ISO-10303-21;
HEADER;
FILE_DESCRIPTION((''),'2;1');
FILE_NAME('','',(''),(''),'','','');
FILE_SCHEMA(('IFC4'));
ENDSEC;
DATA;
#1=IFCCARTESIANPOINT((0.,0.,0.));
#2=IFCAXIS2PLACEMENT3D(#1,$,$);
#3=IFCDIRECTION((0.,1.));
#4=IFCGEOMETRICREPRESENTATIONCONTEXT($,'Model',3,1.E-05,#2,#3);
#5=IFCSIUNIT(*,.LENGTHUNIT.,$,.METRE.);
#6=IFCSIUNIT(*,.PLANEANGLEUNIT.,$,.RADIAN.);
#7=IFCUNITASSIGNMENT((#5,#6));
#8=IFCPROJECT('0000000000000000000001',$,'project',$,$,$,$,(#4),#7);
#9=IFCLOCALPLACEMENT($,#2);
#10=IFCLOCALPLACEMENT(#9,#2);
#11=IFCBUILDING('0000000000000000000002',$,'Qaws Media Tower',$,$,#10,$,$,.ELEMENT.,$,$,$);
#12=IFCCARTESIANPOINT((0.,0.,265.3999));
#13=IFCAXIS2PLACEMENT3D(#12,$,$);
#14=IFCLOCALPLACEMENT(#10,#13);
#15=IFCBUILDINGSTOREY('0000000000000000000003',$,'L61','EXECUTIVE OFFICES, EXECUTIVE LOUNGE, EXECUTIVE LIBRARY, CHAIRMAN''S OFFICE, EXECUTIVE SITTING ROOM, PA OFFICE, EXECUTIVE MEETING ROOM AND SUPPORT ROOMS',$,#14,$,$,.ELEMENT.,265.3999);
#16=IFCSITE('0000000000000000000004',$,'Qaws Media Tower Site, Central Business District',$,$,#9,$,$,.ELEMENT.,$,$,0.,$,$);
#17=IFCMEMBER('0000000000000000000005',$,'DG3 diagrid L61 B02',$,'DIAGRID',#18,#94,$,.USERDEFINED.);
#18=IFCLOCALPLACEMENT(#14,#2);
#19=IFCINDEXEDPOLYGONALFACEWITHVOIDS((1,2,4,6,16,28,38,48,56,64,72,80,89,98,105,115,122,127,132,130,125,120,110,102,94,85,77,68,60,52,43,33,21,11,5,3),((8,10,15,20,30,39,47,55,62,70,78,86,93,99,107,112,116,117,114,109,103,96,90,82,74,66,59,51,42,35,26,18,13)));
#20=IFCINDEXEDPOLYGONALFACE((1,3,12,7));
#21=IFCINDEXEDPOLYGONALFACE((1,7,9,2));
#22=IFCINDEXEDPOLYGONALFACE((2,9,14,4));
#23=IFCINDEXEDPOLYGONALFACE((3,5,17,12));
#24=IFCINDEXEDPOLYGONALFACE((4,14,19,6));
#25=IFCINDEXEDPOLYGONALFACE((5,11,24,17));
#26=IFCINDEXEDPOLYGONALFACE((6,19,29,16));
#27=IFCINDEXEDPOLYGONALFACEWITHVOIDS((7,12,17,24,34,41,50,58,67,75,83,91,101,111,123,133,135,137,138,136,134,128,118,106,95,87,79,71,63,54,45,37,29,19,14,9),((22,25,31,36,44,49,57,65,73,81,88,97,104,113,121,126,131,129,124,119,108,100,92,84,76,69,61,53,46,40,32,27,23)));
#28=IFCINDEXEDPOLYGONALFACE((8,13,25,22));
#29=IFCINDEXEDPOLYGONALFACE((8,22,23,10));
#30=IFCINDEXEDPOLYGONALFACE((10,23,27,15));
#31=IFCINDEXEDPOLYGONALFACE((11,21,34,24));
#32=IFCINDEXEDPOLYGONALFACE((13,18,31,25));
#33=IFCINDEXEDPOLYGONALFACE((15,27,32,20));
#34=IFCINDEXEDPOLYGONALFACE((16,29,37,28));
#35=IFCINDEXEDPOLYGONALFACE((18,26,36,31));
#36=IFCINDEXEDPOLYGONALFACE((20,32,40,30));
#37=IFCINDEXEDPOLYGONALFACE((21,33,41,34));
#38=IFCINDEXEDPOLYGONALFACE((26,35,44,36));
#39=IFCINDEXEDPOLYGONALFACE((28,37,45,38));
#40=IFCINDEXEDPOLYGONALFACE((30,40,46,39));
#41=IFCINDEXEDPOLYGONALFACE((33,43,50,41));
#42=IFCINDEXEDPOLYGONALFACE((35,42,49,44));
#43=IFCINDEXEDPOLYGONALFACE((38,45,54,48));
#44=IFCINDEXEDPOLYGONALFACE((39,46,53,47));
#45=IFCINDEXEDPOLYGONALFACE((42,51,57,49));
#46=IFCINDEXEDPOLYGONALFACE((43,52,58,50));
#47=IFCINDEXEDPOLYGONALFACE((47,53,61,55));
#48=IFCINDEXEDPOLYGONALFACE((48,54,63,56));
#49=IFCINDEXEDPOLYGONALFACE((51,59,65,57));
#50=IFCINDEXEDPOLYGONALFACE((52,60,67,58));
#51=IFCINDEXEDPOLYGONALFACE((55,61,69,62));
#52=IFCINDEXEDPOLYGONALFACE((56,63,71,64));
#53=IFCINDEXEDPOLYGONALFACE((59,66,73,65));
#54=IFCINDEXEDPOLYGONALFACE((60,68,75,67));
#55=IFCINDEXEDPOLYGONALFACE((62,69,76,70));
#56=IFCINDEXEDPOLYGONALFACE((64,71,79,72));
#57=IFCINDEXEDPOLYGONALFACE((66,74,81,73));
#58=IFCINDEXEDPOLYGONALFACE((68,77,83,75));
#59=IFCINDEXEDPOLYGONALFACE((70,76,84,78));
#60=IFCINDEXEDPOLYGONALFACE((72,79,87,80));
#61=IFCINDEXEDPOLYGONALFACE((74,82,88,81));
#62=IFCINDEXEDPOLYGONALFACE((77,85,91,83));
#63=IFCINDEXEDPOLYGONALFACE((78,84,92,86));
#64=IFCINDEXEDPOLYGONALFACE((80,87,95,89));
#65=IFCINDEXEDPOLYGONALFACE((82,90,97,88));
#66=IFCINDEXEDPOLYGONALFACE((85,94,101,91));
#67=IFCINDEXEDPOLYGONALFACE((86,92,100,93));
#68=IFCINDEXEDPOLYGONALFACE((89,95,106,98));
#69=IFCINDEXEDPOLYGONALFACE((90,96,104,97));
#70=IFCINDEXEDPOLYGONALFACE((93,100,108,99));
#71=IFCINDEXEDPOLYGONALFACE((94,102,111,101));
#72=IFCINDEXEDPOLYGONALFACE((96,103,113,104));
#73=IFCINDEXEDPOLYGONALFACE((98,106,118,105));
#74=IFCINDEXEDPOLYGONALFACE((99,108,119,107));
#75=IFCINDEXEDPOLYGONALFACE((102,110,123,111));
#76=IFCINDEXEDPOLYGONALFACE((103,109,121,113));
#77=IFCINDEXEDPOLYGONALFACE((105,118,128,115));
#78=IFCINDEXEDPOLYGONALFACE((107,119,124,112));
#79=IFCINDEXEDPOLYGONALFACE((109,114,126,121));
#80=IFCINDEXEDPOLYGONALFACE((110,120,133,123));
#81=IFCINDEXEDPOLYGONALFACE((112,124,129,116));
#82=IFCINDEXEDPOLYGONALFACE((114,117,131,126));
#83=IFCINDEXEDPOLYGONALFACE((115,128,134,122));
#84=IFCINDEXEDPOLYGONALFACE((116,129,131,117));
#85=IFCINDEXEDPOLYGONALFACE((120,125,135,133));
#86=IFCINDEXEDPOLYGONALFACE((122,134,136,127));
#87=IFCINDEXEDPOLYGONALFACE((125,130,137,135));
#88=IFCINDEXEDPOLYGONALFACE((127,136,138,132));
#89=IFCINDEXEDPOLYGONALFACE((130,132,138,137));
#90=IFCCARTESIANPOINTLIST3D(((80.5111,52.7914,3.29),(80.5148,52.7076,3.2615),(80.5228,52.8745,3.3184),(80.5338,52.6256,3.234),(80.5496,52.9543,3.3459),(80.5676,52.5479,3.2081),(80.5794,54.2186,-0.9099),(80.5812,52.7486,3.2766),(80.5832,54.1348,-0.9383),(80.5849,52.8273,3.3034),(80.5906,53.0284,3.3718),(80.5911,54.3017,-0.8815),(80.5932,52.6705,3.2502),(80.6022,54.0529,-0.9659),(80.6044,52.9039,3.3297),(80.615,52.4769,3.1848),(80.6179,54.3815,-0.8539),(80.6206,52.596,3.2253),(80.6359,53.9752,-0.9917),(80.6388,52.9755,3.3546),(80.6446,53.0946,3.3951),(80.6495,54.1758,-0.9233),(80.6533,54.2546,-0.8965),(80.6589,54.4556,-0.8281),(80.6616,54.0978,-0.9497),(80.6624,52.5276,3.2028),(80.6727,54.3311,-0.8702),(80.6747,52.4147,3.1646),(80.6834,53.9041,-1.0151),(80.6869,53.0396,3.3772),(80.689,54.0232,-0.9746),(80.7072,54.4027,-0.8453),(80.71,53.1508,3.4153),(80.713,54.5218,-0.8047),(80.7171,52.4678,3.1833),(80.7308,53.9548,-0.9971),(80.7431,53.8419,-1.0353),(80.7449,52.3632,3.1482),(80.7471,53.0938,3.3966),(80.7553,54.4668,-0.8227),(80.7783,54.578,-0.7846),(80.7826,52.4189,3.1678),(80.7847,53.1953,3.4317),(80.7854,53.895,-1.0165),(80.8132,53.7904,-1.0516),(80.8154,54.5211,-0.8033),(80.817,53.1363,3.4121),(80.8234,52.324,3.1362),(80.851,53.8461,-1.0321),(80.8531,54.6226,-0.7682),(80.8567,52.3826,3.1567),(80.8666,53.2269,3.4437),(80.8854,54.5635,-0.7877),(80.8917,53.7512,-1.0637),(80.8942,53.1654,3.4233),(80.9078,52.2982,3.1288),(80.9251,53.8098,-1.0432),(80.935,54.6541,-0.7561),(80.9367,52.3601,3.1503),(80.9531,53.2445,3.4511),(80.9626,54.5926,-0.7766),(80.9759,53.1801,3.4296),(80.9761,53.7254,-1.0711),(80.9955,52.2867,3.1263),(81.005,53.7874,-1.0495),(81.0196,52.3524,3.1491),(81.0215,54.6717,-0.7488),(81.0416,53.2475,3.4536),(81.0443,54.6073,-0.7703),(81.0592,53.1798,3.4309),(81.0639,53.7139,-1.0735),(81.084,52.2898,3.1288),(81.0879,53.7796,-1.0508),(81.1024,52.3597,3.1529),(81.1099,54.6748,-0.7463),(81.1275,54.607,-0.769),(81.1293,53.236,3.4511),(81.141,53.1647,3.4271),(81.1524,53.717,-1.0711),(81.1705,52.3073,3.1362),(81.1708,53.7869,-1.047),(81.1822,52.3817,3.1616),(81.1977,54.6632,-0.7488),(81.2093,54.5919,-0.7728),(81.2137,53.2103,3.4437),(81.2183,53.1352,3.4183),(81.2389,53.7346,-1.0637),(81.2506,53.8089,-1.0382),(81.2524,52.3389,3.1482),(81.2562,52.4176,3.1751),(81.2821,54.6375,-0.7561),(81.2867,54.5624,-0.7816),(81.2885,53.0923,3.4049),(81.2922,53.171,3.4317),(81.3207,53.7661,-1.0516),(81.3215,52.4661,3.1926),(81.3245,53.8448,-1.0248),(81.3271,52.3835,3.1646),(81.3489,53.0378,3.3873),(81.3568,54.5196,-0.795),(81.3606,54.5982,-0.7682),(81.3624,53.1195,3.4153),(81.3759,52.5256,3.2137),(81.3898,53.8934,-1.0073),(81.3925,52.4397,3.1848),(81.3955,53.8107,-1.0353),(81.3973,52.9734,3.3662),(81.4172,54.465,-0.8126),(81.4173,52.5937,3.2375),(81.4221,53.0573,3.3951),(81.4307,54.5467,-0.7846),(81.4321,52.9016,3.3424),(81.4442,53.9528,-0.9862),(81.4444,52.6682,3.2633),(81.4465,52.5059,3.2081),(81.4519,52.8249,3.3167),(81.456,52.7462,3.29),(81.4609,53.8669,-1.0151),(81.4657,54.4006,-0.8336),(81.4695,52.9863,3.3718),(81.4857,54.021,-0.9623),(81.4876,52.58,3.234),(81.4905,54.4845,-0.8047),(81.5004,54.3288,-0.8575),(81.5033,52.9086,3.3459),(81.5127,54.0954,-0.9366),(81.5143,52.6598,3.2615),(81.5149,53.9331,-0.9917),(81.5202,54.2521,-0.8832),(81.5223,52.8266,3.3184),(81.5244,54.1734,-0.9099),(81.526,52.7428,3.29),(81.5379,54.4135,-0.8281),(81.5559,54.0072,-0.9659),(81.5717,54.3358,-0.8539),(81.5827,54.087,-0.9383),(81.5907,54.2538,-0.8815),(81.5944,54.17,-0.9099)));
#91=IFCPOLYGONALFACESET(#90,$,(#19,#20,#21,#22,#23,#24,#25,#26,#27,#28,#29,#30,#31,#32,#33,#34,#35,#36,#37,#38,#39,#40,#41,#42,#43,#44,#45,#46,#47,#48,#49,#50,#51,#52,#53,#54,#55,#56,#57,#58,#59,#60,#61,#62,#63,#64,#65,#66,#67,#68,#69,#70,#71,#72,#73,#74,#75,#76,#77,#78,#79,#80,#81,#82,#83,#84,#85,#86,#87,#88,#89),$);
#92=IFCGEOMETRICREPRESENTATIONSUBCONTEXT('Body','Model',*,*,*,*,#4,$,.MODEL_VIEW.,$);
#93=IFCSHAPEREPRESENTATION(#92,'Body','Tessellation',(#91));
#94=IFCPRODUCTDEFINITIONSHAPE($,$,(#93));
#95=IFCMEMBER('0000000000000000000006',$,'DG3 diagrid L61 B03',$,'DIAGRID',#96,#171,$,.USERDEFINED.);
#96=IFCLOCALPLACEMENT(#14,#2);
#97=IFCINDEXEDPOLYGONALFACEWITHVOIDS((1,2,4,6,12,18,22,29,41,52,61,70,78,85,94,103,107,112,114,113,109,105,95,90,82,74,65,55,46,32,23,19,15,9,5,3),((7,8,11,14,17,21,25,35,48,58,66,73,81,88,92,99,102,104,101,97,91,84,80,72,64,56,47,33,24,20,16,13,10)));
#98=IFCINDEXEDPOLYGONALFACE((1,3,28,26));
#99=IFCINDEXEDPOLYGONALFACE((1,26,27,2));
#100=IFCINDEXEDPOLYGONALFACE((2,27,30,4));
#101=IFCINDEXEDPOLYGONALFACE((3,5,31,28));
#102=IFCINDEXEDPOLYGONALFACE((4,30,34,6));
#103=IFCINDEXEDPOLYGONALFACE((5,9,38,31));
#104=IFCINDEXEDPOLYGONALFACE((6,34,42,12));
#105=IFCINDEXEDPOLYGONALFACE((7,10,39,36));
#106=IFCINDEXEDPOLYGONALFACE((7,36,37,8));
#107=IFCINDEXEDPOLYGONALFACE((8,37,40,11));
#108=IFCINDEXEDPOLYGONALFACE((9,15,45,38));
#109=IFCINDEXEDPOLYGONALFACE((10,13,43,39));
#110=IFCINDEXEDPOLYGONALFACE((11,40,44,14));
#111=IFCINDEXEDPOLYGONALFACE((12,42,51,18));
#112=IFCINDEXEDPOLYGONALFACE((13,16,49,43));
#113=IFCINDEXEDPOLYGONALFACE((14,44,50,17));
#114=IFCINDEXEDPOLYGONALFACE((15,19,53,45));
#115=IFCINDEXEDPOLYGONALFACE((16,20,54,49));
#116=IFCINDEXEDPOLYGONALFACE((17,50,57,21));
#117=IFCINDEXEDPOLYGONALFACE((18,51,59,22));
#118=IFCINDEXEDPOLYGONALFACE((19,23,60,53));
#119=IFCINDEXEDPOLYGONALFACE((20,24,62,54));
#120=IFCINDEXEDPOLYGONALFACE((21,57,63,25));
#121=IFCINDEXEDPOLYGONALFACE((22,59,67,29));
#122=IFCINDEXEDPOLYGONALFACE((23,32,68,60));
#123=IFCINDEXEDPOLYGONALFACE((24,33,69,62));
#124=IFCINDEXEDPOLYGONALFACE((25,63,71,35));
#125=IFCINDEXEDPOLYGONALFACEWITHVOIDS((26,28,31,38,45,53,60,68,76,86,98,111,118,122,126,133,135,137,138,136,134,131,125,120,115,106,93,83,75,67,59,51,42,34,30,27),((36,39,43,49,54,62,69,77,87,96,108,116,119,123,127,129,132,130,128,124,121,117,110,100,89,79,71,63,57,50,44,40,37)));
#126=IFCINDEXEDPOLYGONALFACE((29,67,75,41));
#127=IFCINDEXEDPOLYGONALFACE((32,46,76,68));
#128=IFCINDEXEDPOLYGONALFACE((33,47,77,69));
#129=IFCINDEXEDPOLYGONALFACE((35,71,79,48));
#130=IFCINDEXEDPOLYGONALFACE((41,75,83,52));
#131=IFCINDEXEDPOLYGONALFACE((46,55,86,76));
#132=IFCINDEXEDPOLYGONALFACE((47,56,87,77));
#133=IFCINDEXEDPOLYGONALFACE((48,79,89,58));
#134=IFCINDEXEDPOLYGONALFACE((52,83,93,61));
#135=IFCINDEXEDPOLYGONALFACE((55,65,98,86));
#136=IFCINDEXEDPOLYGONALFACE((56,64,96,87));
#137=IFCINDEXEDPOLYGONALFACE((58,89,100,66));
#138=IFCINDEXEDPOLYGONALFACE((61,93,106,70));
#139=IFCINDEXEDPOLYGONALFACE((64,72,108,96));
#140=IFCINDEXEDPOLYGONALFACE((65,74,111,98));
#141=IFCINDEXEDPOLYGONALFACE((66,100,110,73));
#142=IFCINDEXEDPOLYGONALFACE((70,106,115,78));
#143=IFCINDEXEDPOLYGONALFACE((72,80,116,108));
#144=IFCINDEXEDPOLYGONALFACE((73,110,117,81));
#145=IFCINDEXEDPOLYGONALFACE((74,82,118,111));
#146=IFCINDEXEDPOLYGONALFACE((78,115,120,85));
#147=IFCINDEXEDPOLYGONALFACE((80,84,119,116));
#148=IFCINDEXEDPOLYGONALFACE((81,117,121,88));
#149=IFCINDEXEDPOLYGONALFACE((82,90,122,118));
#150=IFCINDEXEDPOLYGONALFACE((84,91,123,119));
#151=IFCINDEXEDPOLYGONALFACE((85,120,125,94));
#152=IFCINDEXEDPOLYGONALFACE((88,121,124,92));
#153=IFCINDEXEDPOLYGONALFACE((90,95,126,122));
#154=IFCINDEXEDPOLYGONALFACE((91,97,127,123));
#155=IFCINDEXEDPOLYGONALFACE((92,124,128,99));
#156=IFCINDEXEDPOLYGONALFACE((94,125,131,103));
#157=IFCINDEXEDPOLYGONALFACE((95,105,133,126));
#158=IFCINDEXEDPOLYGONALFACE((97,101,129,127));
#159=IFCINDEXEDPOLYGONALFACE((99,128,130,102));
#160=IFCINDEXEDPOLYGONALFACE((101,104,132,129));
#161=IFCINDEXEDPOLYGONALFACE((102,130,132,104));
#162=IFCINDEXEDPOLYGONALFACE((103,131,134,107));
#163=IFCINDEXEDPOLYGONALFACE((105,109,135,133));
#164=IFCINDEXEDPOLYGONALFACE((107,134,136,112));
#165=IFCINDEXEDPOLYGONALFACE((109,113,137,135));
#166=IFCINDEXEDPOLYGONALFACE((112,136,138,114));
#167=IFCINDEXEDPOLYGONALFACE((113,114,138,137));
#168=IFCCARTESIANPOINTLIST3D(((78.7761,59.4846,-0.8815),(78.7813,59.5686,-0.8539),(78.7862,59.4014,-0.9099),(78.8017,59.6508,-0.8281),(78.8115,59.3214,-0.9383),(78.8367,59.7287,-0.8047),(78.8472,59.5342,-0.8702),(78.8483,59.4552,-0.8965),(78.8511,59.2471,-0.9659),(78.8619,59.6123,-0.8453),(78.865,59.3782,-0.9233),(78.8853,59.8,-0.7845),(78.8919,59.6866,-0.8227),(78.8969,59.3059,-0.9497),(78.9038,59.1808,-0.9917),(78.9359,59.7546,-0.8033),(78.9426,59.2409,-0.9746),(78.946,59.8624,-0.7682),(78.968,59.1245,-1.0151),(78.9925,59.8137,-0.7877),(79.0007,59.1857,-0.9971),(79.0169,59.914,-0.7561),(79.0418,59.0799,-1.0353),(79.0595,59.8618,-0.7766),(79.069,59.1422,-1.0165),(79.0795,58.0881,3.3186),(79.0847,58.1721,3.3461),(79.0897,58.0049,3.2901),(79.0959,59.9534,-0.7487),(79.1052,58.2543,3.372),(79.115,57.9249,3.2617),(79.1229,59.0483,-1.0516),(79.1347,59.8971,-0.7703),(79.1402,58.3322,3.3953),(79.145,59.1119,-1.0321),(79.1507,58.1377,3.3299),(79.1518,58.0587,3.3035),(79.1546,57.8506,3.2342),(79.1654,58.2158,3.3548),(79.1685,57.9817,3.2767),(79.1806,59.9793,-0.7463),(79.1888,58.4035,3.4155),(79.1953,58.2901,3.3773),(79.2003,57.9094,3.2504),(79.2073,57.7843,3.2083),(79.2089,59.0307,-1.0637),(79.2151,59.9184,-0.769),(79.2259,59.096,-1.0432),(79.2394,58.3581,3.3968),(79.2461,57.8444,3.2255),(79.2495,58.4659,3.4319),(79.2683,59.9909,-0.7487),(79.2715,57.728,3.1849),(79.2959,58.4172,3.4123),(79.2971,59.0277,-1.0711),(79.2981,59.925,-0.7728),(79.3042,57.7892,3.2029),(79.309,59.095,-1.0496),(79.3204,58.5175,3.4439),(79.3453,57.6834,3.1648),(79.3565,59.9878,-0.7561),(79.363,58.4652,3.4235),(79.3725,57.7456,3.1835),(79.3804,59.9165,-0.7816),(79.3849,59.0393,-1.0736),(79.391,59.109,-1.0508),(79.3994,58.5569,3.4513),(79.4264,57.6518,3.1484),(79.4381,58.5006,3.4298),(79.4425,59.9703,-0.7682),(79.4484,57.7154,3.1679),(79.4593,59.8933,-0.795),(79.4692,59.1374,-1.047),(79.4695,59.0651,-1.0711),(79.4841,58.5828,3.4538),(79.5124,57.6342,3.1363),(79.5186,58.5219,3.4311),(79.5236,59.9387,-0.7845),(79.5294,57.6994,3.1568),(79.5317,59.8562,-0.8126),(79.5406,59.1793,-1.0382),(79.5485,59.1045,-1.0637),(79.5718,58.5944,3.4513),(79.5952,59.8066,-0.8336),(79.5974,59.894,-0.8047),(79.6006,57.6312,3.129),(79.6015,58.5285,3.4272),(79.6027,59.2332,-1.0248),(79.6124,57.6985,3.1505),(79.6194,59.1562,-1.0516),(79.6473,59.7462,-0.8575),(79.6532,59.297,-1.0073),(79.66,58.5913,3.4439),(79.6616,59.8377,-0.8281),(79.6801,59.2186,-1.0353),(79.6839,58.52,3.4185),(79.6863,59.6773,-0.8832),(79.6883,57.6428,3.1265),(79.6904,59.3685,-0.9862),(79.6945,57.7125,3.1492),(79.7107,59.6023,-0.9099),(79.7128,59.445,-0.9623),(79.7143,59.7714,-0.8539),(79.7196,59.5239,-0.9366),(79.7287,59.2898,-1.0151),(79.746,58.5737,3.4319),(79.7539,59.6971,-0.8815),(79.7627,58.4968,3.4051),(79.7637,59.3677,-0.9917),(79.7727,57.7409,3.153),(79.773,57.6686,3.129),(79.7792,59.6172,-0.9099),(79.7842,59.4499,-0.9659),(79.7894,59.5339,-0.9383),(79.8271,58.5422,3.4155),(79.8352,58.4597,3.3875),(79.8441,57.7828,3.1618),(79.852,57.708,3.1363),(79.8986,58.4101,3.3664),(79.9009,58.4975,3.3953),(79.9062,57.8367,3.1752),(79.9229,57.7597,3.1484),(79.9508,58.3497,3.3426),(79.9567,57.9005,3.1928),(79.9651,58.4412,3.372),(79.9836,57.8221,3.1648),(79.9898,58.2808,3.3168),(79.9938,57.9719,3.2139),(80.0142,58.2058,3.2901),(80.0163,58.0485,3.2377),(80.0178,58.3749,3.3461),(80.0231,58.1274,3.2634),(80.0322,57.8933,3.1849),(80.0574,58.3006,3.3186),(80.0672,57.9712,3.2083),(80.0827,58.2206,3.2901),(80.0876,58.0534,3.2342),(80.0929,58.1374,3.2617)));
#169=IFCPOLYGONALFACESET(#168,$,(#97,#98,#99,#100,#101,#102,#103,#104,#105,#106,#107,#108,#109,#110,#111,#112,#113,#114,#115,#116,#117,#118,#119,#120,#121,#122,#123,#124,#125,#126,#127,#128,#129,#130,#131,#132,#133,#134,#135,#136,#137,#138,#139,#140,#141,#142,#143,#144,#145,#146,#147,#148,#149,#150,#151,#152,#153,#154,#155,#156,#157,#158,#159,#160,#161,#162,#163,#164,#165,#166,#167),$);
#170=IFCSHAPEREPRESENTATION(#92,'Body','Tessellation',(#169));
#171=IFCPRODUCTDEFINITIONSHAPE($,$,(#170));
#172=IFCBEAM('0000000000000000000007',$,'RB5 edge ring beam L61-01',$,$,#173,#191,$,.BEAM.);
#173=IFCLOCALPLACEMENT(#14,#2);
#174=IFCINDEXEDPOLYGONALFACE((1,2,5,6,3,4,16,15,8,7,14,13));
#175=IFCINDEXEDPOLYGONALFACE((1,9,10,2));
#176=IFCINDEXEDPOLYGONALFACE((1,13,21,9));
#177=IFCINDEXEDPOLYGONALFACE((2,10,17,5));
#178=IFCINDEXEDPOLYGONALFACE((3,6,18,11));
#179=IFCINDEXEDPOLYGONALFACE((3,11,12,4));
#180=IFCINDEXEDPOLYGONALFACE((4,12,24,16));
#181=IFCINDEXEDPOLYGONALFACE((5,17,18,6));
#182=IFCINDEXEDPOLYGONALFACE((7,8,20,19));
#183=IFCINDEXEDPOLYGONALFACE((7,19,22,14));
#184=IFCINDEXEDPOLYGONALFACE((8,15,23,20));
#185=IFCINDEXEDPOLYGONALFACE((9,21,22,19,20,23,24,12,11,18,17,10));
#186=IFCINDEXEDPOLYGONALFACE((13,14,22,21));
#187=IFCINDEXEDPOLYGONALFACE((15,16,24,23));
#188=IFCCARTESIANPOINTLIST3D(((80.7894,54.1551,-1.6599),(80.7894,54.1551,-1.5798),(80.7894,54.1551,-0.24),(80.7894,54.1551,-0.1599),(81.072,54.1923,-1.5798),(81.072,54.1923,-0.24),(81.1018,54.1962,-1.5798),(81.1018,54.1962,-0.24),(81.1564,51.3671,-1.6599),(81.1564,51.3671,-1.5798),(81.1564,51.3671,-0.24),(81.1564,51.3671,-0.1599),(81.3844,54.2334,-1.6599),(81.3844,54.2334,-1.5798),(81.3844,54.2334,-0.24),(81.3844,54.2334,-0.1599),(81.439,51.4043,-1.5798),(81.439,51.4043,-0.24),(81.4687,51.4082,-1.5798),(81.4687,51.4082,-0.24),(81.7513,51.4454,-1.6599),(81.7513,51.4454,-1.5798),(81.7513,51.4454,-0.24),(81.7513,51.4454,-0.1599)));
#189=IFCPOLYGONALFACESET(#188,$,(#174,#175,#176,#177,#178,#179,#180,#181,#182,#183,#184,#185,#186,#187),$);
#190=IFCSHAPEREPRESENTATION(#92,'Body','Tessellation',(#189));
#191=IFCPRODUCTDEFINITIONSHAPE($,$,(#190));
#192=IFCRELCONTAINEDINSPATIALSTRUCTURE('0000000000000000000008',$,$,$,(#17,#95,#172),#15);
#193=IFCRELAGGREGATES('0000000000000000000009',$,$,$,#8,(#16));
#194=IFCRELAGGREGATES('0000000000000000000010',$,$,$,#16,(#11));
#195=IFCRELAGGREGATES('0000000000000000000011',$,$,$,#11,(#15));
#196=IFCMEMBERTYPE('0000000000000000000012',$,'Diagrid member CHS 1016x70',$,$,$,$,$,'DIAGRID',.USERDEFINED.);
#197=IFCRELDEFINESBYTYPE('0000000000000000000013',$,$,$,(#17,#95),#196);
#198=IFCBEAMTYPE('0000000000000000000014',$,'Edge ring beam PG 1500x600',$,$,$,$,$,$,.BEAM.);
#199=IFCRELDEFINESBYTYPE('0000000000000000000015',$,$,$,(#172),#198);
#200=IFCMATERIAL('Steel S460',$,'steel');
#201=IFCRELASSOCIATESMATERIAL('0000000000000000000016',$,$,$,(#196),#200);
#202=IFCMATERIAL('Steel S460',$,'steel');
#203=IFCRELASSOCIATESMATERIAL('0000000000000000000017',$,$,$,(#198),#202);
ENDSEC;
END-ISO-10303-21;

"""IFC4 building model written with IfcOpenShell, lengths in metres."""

from ifc_helpers import new_model, si_unit, direction, frame, origin, origin_2d, place, context, subcontext, project, spatial, hollow_circle, i_section, extrude, material, material_profile, profile_set, type_object, element, save


model = new_model("IFC4")

# Units and contexts
model_context = context("Model", 3, precision=1e-05, world=origin(), true_north=direction((0.0, 1.0)))
body_context = subcontext(model_context, "Body", "Model", "MODEL_VIEW")
ifc_project = project(units=[si_unit("LENGTHUNIT", "METRE"), si_unit("PLANEANGLEUNIT", "RADIAN")], contexts=[model_context])

# Site, building, storey
site_placement = place(None, origin())
site = spatial("IfcSite", under=ifc_project, at=site_placement, Name="Qaws Media Tower Site, Central Business District", CompositionType="ELEMENT", RefElevation=0.0)
building_placement = place(site_placement, origin())
building = spatial("IfcBuilding", under=site, at=building_placement, Name="Qaws Media Tower", CompositionType="ELEMENT")
storey_placement = place(building_placement, frame((0.0, 0.0, 265.3999)))
storey = spatial("IfcBuildingStorey", under=building, at=storey_placement, Name="L61", Description="EXECUTIVE OFFICES, EXECUTIVE LOUNGE, EXECUTIVE LIBRARY, CHAIRMAN'S OFFICE, EXECUTIVE SITTING ROOM, PA OFFICE, EXECUTIVE MEETING ROOM AND SUPPORT ROOMS", CompositionType="ELEMENT", Elevation=265.3999)

# Members
ifc_material_1 = material(Name="Steel S460", Category="steel")
ifc_material_profile_1 = material_profile(ifc_material_1, hollow_circle(Radius=0.5081, WallThickness=0.0701, at=origin_2d()), Name="CHS 1016x70")
ifc_profile_set_1 = profile_set([ifc_material_profile_1], Name="Steel S460")
member_type_1 = type_object("IfcMemberType", Name="Diagrid member CHS 1016x70", ElementType="DIAGRID", PredefinedType="USERDEFINED", material=ifc_profile_set_1)
for number, where, z_axis, x_axis, name in (
    (1, (81.0869, 54.1943, -0.9099), (-0.015409, -0.321716, 0.946711), (0.998855, -0.047841, 0.0), "DG3 diagrid L61 B02"),
):
    element("IfcMember", number, at=place(storey_placement, frame(where, z_axis=z_axis, x_axis=x_axis)), inside=storey, type_object=member_type_1, Name=name, ObjectType="DIAGRID", PredefinedType="USERDEFINED", context=body_context, shape_type="SweptSolid", body=[
        extrude(hollow_circle(Radius=0.5081, WallThickness=0.0701, at=origin_2d()), origin(), (0.0, 0.0, 1.0), 4.4363),
    ])
member_1_placement = place(storey_placement, frame((79.2827, 59.5093, -0.9099), z_axis=(0.068403, -0.314777, 0.946698), x_axis=(0.977193, 0.212352, 0.0)))
element("IfcMember", 2, at=member_1_placement, inside=storey, type_object=member_type_1, Name="DG3 diagrid L61 B03", ObjectType="DIAGRID", PredefinedType="USERDEFINED", context=body_context, shape_type="SweptSolid", body=[
    extrude(hollow_circle(Radius=0.5081, WallThickness=0.0701, at=origin_2d()), origin(), (0.0, 0.0, 1.0), 4.4365),
])

# Beam
ifc_material_2 = material(Name="Steel S460", Category="steel")
ifc_material_profile_2 = material_profile(ifc_material_2, i_section(OverallWidth=0.6001, OverallDepth=1.5, WebThickness=0.03, FlangeThickness=0.0801, at=origin_2d()), Name="PG 1500x600")
ifc_profile_set_2 = profile_set([ifc_material_profile_2], Name="Steel S460")
beam_type_1 = type_object("IfcBeamType", Name="Edge ring beam PG 1500x600", PredefinedType="BEAM", material=ifc_profile_set_2)
beam_1_placement = place(storey_placement, frame((81.4539, 51.4062, -0.9099), z_axis=(-0.130486, 0.99145, 0.0), x_axis=(-0.99145, -0.130486, 0.0)))
element("IfcBeam", 3, at=beam_1_placement, inside=storey, type_object=beam_type_1, Name="RB5 edge ring beam L61-01", PredefinedType="BEAM", context=body_context, shape_type="SweptSolid", body=[
    extrude(i_section(OverallWidth=0.6001, OverallDepth=1.5, WebThickness=0.03, FlangeThickness=0.0801, at=origin_2d()), origin(), (0.0, 0.0, 1.0), 2.812),
])

save(model, "model.ifc")
